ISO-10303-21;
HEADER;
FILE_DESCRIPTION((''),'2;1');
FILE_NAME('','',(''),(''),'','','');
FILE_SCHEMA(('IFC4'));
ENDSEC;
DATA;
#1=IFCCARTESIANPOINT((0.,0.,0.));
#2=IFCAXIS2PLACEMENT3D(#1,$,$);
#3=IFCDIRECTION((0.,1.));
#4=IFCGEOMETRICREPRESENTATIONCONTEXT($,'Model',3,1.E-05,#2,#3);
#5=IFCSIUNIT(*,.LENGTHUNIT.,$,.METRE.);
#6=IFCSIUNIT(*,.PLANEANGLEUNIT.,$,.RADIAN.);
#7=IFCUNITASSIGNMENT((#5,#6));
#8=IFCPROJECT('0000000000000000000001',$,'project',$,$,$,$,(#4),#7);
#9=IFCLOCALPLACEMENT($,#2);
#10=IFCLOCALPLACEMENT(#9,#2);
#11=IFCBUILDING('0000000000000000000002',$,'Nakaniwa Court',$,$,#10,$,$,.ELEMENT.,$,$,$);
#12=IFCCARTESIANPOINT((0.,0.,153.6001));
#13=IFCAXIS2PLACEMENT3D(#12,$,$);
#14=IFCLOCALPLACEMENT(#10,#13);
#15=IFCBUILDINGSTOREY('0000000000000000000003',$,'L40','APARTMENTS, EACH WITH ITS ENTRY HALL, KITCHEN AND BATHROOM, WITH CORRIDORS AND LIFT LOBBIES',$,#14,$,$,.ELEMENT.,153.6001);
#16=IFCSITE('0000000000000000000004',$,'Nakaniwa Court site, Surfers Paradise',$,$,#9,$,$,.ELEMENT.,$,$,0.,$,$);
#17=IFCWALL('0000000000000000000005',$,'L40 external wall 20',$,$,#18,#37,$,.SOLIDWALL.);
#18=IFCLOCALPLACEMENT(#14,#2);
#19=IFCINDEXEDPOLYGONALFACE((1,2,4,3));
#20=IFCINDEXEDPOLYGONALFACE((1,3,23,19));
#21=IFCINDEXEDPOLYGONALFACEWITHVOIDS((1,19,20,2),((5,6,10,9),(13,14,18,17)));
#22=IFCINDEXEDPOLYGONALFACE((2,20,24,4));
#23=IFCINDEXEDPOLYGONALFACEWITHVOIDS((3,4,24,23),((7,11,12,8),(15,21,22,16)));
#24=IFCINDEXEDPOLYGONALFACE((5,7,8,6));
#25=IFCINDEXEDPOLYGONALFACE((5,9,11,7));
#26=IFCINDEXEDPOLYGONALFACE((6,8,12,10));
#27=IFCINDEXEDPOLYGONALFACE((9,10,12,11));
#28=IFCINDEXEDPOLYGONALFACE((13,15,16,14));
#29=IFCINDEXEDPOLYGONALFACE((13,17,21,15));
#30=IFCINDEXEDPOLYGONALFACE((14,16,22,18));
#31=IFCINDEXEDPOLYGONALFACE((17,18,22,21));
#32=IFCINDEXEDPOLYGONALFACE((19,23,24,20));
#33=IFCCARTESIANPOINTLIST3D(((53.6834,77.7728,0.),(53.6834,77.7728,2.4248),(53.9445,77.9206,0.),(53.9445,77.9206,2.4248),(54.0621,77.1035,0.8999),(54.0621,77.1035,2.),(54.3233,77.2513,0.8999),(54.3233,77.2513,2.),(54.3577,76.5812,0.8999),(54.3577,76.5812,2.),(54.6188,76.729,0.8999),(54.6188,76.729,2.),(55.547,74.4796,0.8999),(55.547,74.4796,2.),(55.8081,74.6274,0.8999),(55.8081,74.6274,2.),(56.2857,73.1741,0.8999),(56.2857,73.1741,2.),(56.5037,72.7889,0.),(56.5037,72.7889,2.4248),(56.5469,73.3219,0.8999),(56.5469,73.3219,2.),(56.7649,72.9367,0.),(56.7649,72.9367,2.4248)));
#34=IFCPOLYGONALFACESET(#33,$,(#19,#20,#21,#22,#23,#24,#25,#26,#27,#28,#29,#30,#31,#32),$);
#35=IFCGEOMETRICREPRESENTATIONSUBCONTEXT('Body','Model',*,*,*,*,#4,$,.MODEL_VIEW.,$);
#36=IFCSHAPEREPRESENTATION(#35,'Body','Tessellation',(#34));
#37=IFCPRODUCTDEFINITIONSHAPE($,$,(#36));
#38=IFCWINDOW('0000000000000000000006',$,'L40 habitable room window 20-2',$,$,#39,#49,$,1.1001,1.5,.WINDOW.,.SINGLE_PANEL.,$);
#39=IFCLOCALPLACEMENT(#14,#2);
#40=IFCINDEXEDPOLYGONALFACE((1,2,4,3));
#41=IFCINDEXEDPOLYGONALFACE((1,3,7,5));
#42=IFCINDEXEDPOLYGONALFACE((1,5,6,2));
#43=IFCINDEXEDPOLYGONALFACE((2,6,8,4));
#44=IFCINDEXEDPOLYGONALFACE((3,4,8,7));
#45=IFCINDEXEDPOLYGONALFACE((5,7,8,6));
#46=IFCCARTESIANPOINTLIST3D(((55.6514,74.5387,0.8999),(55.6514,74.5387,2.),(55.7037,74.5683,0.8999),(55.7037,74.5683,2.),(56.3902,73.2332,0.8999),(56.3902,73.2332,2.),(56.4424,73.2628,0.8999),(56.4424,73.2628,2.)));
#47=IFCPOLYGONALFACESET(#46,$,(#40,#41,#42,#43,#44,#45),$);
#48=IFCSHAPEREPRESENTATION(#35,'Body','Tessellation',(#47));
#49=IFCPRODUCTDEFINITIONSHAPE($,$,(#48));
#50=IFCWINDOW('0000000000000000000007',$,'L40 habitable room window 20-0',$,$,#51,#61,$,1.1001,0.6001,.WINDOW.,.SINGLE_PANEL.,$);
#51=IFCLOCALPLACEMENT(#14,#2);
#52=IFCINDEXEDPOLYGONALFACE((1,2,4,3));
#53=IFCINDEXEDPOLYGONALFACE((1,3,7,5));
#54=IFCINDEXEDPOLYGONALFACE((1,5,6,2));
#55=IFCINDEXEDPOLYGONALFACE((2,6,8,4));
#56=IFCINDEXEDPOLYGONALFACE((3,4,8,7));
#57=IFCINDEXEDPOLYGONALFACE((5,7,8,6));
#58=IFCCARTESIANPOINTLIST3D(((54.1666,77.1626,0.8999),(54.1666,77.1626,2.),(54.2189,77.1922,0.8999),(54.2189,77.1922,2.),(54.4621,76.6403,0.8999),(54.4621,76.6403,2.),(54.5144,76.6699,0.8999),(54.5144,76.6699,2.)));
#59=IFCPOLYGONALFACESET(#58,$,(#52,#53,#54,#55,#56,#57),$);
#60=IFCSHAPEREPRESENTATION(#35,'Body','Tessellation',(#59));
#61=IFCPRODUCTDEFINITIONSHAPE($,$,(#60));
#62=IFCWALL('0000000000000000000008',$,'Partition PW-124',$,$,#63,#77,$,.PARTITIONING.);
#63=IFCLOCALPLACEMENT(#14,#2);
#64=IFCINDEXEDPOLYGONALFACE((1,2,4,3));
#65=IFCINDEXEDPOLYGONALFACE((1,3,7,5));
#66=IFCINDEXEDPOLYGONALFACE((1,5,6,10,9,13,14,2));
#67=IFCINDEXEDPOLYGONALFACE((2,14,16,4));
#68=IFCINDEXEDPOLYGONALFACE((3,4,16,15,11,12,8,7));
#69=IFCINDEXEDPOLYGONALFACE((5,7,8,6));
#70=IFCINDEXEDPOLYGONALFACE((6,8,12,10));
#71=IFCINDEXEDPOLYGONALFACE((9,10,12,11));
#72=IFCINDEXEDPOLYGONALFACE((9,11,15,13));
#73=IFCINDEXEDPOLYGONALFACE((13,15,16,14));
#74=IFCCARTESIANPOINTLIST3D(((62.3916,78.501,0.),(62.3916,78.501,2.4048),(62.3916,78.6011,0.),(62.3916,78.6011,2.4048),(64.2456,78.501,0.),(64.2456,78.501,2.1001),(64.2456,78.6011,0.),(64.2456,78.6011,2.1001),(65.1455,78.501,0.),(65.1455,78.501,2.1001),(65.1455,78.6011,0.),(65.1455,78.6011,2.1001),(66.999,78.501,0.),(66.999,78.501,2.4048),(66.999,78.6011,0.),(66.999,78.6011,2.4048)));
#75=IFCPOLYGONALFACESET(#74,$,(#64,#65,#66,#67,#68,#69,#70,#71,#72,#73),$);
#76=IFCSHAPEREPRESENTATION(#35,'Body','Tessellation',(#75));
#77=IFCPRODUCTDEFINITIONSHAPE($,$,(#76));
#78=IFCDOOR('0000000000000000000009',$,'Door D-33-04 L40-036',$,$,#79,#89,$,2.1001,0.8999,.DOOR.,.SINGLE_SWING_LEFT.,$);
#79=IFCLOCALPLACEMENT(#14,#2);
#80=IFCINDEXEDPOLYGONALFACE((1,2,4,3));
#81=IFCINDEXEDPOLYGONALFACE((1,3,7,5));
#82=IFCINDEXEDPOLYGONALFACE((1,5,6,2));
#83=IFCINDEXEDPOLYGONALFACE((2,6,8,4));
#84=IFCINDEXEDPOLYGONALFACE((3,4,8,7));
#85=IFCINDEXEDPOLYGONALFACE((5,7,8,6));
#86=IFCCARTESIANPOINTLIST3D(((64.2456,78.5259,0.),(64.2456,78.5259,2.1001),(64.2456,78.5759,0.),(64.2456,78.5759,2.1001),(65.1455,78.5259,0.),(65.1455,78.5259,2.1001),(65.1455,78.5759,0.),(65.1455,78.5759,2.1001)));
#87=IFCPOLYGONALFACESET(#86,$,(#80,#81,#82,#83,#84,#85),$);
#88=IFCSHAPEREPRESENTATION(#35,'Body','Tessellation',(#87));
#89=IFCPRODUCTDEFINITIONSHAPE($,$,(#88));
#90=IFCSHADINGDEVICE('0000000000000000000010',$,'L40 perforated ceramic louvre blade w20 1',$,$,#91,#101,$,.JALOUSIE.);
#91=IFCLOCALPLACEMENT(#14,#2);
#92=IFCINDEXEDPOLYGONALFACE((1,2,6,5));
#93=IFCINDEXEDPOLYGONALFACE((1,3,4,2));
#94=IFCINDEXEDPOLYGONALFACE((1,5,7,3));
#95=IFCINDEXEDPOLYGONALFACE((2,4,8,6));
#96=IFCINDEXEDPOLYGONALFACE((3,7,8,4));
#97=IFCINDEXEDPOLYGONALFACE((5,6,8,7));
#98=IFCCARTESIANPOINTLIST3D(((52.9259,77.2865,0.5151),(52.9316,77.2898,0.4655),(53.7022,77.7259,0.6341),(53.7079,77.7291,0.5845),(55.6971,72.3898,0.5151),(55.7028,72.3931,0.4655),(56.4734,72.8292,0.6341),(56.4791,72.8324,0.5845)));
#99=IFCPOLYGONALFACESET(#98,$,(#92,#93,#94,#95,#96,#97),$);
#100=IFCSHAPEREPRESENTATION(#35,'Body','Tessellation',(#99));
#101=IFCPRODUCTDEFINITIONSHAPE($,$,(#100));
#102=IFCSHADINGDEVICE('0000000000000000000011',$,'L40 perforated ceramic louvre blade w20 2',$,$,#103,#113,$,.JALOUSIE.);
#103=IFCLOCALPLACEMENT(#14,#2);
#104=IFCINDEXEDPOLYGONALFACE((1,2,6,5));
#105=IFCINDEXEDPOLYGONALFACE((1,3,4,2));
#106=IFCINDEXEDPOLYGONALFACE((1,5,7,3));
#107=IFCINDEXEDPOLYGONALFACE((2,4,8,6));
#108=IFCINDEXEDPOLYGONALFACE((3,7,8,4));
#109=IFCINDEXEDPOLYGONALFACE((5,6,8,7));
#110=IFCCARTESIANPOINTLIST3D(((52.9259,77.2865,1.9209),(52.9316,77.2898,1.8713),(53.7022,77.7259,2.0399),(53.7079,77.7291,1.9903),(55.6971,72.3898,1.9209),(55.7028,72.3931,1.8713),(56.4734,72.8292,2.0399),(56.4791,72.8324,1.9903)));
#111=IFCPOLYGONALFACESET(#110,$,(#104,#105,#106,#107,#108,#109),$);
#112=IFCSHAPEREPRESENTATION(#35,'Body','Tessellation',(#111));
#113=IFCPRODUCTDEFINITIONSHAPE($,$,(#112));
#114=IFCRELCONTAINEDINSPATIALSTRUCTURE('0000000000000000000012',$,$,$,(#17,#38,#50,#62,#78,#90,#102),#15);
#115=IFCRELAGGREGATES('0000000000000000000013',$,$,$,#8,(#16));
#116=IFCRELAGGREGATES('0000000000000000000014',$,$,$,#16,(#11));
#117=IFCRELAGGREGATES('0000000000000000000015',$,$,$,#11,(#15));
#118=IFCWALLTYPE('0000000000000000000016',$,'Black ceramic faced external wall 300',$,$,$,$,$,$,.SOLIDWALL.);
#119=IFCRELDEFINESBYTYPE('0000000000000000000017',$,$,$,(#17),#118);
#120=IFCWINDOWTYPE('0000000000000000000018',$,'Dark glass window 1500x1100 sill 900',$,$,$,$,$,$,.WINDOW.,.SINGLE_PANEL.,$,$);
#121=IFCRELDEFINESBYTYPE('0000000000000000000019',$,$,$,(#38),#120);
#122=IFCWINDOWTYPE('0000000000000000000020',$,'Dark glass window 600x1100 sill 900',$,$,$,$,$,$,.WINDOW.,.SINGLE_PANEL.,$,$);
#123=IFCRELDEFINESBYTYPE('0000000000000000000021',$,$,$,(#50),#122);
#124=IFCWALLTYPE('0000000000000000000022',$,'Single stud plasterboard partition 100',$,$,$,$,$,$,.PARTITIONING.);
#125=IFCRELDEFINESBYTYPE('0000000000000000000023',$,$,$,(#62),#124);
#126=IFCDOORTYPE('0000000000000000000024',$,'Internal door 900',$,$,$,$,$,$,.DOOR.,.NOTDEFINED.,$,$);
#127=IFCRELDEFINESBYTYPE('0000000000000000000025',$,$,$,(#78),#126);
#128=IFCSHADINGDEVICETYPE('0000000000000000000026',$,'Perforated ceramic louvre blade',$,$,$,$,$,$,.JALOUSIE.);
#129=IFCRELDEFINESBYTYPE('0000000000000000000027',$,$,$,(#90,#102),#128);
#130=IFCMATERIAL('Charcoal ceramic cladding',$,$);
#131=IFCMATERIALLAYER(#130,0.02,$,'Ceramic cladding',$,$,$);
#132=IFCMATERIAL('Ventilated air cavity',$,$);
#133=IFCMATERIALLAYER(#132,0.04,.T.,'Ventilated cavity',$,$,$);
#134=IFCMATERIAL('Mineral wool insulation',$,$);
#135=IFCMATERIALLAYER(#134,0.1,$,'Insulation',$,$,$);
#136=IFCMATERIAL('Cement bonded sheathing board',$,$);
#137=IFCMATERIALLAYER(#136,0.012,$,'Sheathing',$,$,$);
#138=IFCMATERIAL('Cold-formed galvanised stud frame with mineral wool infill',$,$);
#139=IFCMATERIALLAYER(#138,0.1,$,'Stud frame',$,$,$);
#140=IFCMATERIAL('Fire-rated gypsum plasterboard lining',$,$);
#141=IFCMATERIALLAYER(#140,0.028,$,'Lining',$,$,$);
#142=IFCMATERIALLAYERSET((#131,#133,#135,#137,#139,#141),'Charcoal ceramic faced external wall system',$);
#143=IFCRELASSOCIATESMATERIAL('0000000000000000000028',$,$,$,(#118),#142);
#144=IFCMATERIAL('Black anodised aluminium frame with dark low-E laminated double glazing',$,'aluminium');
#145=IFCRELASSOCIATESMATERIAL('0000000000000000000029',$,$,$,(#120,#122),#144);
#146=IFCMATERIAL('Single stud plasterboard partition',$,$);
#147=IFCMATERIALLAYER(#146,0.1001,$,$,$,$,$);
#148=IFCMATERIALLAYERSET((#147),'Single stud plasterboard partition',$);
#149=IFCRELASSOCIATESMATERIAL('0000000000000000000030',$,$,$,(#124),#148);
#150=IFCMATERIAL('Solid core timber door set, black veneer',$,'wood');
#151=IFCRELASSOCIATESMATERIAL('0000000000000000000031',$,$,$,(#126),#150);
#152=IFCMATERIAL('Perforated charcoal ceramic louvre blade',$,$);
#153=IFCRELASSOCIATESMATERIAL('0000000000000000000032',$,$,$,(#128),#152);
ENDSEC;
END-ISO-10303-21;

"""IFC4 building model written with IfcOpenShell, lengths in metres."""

from ifc_helpers import new_model, si_unit, direction, frame, frame_2d, origin, origin_2d, place, context, subcontext, project, spatial, rectangle, extrude, material, layer, layer_set, material_profile, profile_set, type_object, element, fill, save


model = new_model("IFC4")

# Units and contexts
model_context = context("Model", 3, precision=1e-05, world=origin(), true_north=direction((0.0, 1.0)))
body_context = subcontext(model_context, "Body", "Model", "MODEL_VIEW")
ifc_project = project(units=[si_unit("LENGTHUNIT", "METRE"), si_unit("PLANEANGLEUNIT", "RADIAN")], contexts=[model_context])

# Site, building, storey
site_placement = place(None, origin())
site = spatial("IfcSite", under=ifc_project, at=site_placement, Name="Nakaniwa Court site, Surfers Paradise", CompositionType="ELEMENT", RefElevation=0.0)
building_placement = place(site_placement, origin())
building = spatial("IfcBuilding", under=site, at=building_placement, Name="Nakaniwa Court", CompositionType="ELEMENT")
storey_placement = place(building_placement, frame((0.0, 0.0, 153.6001)))
storey = spatial("IfcBuildingStorey", under=building, at=storey_placement, Name="L40", Description="APARTMENTS, EACH WITH ITS ENTRY HALL, KITCHEN AND BATHROOM, WITH CORRIDORS AND LIFT LOBBIES", CompositionType="ELEMENT", Elevation=153.6001)

# Shared definitions
ifc_material_1 = material(Name="Charcoal ceramic cladding")
ifc_layer_1 = layer(ifc_material_1, 0.02, Name="Ceramic cladding")
ifc_material_2 = material(Name="Ventilated air cavity")
ifc_layer_2 = layer(ifc_material_2, 0.04, ventilated=True, Name="Ventilated cavity")
ifc_material_3 = material(Name="Mineral wool insulation")
ifc_layer_3 = layer(ifc_material_3, 0.1, Name="Insulation")
ifc_material_4 = material(Name="Cement bonded sheathing board")
ifc_layer_4 = layer(ifc_material_4, 0.012, Name="Sheathing")
ifc_material_5 = material(Name="Cold-formed galvanised stud frame with mineral wool infill")
ifc_layer_5 = layer(ifc_material_5, 0.1, Name="Stud frame")
ifc_material_6 = material(Name="Fire-rated gypsum plasterboard lining")
ifc_layer_6 = layer(ifc_material_6, 0.028, Name="Lining")
ifc_layer_set_1 = layer_set([ifc_layer_1, ifc_layer_2, ifc_layer_3, ifc_layer_4, ifc_layer_5, ifc_layer_6], Name="Charcoal ceramic faced external wall system")
wall_type_1 = type_object("IfcWallType", Name="Black ceramic faced external wall 300", PredefinedType="SOLIDWALL", material=ifc_layer_set_1)
ifc_material_7 = material(Name="Black anodised aluminium frame with dark low-E laminated double glazing", Category="aluminium")
window_type_1 = type_object("IfcWindowType", Name="Dark glass window 1500x1100 sill 900", PartitioningType="SINGLE_PANEL", PredefinedType="WINDOW", material=ifc_material_7)

# Wall, openings, windows
wall_1_placement = place(storey_placement, frame((53.814, 77.8467, 0.0), z_axis=(0.0, 0.0, 1.0), x_axis=(0.492498, -0.870313, 0.0)))
wall_1 = element("IfcWall", 1, at=wall_1_placement, inside=storey, type_object=wall_type_1, Name="L40 external wall 20", PredefinedType="SOLIDWALL", context=body_context, shape_type="SweptSolid", body=[
    extrude(rectangle(XDim=5.7266, YDim=0.3, at=frame_2d((2.8633, 0.0))), origin(), (0.0, 0.0, 1.0), 2.4248),
])
opening_1_placement = place(wall_1_placement, frame((0.769, 0.0, 0.8999)))
opening_1 = element("IfcOpeningElement", 2, at=opening_1_placement, cuts=wall_1, PredefinedType="OPENING", context=body_context, shape_type="SweptSolid", body=[
    extrude(rectangle(XDim=0.6001, YDim=1.1001, at=frame_2d((0.3, 0.55))), frame((0.0, 0.1599, 0.0), z_axis=(0.0, -1.0, 0.0), x_axis=(1.0, 0.0, 0.0)), (0.0, 0.0, 1.0), 0.3201),
])
opening_2_placement = place(wall_1_placement, frame((3.7839, 0.0, 0.8999)))
opening_2 = element("IfcOpeningElement", 3, at=opening_2_placement, cuts=wall_1, PredefinedType="OPENING", context=body_context, shape_type="SweptSolid", body=[
    extrude(rectangle(XDim=1.5, YDim=1.1001, at=frame_2d((0.75, 0.55))), frame((0.0, 0.1599, 0.0), z_axis=(0.0, -1.0, 0.0), x_axis=(1.0, 0.0, 0.0)), (0.0, 0.0, 1.0), 0.3201),
])
window_1_placement = place(opening_2_placement, origin())
window_1 = element("IfcWindow", 4, at=window_1_placement, inside=storey, type_object=window_type_1, Name="L40 habitable room window 20-2", OverallHeight=1.1001, OverallWidth=1.5, PartitioningType="SINGLE_PANEL", PredefinedType="WINDOW", context=body_context, shape_type="SweptSolid", body=[
    extrude(rectangle(XDim=1.5, YDim=1.1001, at=frame_2d((0.75, 0.55))), frame((0.0, 0.03, 0.0), z_axis=(0.0, -1.0, 0.0), x_axis=(1.0, 0.0, 0.0)), (0.0, 0.0, 1.0), 0.0601),
])
fill(opening_2, window_1)
window_type_2 = type_object("IfcWindowType", Name="Dark glass window 600x1100 sill 900", PartitioningType="SINGLE_PANEL", PredefinedType="WINDOW", material=ifc_material_7)
window_2_placement = place(opening_1_placement, origin())
window_2 = element("IfcWindow", 5, at=window_2_placement, inside=storey, type_object=window_type_2, Name="L40 habitable room window 20-0", OverallHeight=1.1001, OverallWidth=0.6001, PartitioningType="SINGLE_PANEL", PredefinedType="WINDOW", context=body_context, shape_type="SweptSolid", body=[
    extrude(rectangle(XDim=0.6001, YDim=1.1001, at=frame_2d((0.3, 0.55))), frame((0.0, 0.03, 0.0), z_axis=(0.0, -1.0, 0.0), x_axis=(1.0, 0.0, 0.0)), (0.0, 0.0, 1.0), 0.0601),
])
fill(opening_1, window_2)

# Wall, opening, door
ifc_material_8 = material(Name="Single stud plasterboard partition")
ifc_layer_7 = layer(ifc_material_8, 0.1001)
ifc_layer_set_2 = layer_set([ifc_layer_7], Name="Single stud plasterboard partition")
wall_type_2 = type_object("IfcWallType", Name="Single stud plasterboard partition 100", PredefinedType="PARTITIONING", material=ifc_layer_set_2)
wall_2_placement = place(storey_placement, frame((62.3916, 78.551, 0.0), z_axis=(0.0, 0.0, 1.0), x_axis=(1.0, 0.0, 0.0)))
wall_2 = element("IfcWall", 6, at=wall_2_placement, inside=storey, type_object=wall_type_2, Name="Partition PW-124", PredefinedType="PARTITIONING", context=body_context, shape_type="SweptSolid", body=[
    extrude(rectangle(XDim=4.6074, YDim=0.1001, at=frame_2d((2.3037, 0.0))), origin(), (0.0, 0.0, 1.0), 2.4048),
])
opening_3_placement = place(wall_2_placement, frame((1.854, 0.0, 0.0)))
opening_3 = element("IfcOpeningElement", 7, at=opening_3_placement, cuts=wall_2, PredefinedType="OPENING", context=body_context, shape_type="SweptSolid", body=[
    extrude(rectangle(XDim=0.8999, YDim=2.1001, at=frame_2d((0.45, 1.05))), frame((0.0, 0.0601, 0.0), z_axis=(0.0, -1.0, 0.0), x_axis=(1.0, 0.0, 0.0)), (0.0, 0.0, 1.0), 0.1201),
])
ifc_material_9 = material(Name="Solid core timber door set, black veneer", Category="wood")
door_type = type_object("IfcDoorType", Name="Internal door 900", OperationType="NOTDEFINED", PredefinedType="DOOR", material=ifc_material_9)
door_placement = place(opening_3_placement, origin())
door = element("IfcDoor", 8, at=door_placement, inside=storey, type_object=door_type, Name="Door D-33-04 L40-036", OperationType="SINGLE_SWING_LEFT", OverallHeight=2.1001, OverallWidth=0.8999, PredefinedType="DOOR", context=body_context, shape_type="SweptSolid", body=[
    extrude(rectangle(XDim=0.8999, YDim=2.1001, at=frame_2d((0.45, 1.05))), frame((0.0, 0.0249, 0.0), z_axis=(0.0, -1.0, 0.0), x_axis=(1.0, 0.0, 0.0)), (0.0, 0.0, 1.0), 0.05),
])
fill(opening_3, door)

# Shading devices
ifc_material_10 = material(Name="Perforated charcoal ceramic louvre blade")
ifc_material_profile_1 = material_profile(ifc_material_10, rectangle(XDim=0.8999, YDim=0.05, at=origin_2d()), Name="Perforated ceramic louvre blade")
ifc_profile_set_1 = profile_set([ifc_material_profile_1], Name="Perforated charcoal ceramic louvre blade")
shading_device_type = type_object("IfcShadingDeviceType", Name="Perforated ceramic louvre blade", PredefinedType="JALOUSIE", material=ifc_profile_set_1)
for number, where, z_axis, x_axis, name in (
    (9, (53.3169, 77.5078, 0.5498), (0.492532, -0.870294, 0.0), (0.862649, 0.488205, 0.132256), "L40 perforated ceramic louvre blade w20 1"),
    (10, (53.3169, 77.5078, 1.9556), (0.492532, -0.870294, 0.0), (0.862649, 0.488205, 0.132256), "L40 perforated ceramic louvre blade w20 2"),
):
    element("IfcShadingDevice", number, at=place(storey_placement, frame(where, z_axis=z_axis, x_axis=x_axis)), inside=storey, type_object=shading_device_type, Name=name, PredefinedType="JALOUSIE", context=body_context, shape_type="SweptSolid", body=[
        extrude(rectangle(XDim=0.8999, YDim=0.05, at=origin_2d()), origin(), (0.0, 0.0, 1.0), 5.6265),
    ])

save(model, "model.ifc")
